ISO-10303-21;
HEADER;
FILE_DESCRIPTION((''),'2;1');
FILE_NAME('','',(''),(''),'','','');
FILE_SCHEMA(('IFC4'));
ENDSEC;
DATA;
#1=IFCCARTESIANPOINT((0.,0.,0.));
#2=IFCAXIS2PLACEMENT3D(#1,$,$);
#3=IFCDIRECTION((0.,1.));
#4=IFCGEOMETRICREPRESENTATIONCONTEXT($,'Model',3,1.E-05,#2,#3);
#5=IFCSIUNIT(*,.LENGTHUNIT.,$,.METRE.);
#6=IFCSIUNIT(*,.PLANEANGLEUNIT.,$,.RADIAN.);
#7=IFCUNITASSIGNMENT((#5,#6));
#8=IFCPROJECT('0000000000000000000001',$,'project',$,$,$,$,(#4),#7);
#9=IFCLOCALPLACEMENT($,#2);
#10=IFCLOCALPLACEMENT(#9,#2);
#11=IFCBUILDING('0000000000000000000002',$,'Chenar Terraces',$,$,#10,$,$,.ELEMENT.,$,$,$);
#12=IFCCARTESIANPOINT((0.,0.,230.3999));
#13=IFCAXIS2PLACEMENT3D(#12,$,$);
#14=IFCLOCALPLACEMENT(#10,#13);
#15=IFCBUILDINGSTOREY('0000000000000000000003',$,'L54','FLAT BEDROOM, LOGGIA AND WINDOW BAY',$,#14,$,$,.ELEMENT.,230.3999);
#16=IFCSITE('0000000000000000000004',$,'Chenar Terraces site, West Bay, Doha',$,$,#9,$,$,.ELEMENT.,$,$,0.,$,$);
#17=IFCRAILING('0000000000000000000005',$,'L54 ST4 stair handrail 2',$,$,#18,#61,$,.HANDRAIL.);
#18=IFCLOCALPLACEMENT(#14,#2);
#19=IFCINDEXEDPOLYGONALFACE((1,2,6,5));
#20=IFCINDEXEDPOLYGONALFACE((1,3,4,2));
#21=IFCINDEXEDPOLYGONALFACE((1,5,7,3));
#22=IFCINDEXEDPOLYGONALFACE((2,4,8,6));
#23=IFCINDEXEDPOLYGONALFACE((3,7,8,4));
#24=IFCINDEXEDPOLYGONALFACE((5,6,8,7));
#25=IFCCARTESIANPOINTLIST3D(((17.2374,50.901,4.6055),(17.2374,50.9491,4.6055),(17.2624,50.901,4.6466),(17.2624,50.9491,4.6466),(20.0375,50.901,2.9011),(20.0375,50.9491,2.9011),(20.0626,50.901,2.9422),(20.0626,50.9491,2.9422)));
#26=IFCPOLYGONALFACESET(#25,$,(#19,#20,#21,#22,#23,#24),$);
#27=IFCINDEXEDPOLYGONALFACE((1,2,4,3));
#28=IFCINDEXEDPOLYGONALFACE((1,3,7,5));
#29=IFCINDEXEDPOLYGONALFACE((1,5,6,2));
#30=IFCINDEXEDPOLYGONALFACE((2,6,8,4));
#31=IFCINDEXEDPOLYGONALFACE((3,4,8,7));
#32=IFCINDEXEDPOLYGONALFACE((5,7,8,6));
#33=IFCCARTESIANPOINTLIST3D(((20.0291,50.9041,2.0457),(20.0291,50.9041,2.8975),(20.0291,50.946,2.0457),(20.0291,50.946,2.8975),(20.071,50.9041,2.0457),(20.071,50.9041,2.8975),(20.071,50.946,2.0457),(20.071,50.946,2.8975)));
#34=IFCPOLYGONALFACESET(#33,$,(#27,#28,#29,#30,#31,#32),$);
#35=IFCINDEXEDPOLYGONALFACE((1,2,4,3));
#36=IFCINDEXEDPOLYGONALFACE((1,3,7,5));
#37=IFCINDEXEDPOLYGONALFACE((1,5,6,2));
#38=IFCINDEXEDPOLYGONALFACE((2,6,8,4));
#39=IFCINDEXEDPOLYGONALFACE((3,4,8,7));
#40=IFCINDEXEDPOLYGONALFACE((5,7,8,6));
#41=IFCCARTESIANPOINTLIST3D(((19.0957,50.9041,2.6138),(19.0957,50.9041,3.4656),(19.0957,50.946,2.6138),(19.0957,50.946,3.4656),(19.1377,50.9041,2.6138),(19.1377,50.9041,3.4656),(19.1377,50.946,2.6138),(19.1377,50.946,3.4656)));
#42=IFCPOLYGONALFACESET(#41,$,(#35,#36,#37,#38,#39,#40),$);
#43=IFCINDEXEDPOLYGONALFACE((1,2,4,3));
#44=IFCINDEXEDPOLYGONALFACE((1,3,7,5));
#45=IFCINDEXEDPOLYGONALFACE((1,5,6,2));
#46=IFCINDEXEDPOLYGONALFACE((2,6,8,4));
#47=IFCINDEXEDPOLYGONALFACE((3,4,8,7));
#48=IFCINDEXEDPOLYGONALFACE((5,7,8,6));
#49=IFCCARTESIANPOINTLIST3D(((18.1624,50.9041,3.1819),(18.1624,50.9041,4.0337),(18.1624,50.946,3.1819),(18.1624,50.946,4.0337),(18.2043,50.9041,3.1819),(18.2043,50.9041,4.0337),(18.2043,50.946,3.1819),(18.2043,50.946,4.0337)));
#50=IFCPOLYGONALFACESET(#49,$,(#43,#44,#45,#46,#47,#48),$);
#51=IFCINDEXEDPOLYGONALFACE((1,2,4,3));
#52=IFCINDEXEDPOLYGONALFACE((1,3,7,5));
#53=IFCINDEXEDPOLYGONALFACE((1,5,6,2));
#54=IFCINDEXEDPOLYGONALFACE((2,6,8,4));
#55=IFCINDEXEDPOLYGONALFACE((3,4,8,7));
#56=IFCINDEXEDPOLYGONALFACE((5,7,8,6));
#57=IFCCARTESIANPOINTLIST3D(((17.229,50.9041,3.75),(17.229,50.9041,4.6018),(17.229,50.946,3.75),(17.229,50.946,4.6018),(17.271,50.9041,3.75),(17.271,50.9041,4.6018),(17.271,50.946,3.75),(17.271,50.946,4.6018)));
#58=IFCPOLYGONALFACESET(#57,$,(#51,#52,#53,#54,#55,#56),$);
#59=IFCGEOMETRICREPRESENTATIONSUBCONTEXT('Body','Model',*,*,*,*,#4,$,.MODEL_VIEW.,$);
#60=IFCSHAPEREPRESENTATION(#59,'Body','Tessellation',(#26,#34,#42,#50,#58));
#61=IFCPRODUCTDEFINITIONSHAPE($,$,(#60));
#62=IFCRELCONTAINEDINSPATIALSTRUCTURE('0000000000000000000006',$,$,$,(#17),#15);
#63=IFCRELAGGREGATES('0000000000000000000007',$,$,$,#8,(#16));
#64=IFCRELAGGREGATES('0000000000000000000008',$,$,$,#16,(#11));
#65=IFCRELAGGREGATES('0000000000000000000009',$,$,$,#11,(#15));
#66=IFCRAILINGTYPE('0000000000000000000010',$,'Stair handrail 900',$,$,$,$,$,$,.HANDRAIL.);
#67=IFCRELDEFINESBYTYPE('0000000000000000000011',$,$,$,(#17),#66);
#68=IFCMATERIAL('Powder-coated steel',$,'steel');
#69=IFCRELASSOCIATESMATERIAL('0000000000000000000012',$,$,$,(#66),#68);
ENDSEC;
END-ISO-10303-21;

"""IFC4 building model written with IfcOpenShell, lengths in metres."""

from ifc_helpers import new_model, si_unit, direction, frame, origin, origin_2d, place, context, subcontext, project, spatial, rectangle, extrude, material, type_object, element, save


model = new_model("IFC4")

# Units and contexts
model_context = context("Model", 3, precision=1e-05, world=origin(), true_north=direction((0.0, 1.0)))
body_context = subcontext(model_context, "Body", "Model", "MODEL_VIEW")
ifc_project = project(units=[si_unit("LENGTHUNIT", "METRE"), si_unit("PLANEANGLEUNIT", "RADIAN")], contexts=[model_context])

# Site, building, storey
site_placement = place(None, origin())
site = spatial("IfcSite", under=ifc_project, at=site_placement, Name="Chenar Terraces site, West Bay, Doha", CompositionType="ELEMENT", RefElevation=0.0)
building_placement = place(site_placement, origin())
building = spatial("IfcBuilding", under=site, at=building_placement, Name="Chenar Terraces", CompositionType="ELEMENT")
storey_placement = place(building_placement, frame((0.0, 0.0, 230.3999)))
storey = spatial("IfcBuildingStorey", under=building, at=storey_placement, Name="L54", Description="FLAT BEDROOM, LOGGIA AND WINDOW BAY", CompositionType="ELEMENT", Elevation=230.3999)

# Railing
ifc_material_1 = material(Name="Powder-coated steel", Category="steel")
railing_type_1 = type_object("IfcRailingType", Name="Stair handrail 900", PredefinedType="HANDRAIL", material=ifc_material_1)
railing_1_placement = place(storey_placement, frame((20.05, 50.925, 2.0457)))
element("IfcRailing", 1, at=railing_1_placement, inside=storey, type_object=railing_type_1, Name="L54 ST4 stair handrail 2", PredefinedType="HANDRAIL", context=body_context, shape_type="SweptSolid", body=[
    extrude(rectangle(XDim=0.0481, YDim=0.0481, at=origin_2d()), frame((0.0, 0.0, 0.876), z_axis=(-0.854203, 0.0, 0.51994), x_axis=(0.0, -1.0, 0.0)), (0.0, 0.0, 1.0), 3.2781),
    extrude(rectangle(XDim=0.042, YDim=0.042, at=origin_2d()), origin(), (0.0, 0.0, 1.0), 0.8518),
    extrude(rectangle(XDim=0.042, YDim=0.042, at=origin_2d()), frame((-0.9333, 0.0, 0.5681)), (0.0, 0.0, 1.0), 0.8518),
    extrude(rectangle(XDim=0.042, YDim=0.042, at=origin_2d()), frame((-1.8667, 0.0, 1.1362)), (0.0, 0.0, 1.0), 0.8518),
    extrude(rectangle(XDim=0.042, YDim=0.042, at=origin_2d()), frame((-2.8, 0.0, 1.7043)), (0.0, 0.0, 1.0), 0.8518),
])

save(model, "model.ifc")
